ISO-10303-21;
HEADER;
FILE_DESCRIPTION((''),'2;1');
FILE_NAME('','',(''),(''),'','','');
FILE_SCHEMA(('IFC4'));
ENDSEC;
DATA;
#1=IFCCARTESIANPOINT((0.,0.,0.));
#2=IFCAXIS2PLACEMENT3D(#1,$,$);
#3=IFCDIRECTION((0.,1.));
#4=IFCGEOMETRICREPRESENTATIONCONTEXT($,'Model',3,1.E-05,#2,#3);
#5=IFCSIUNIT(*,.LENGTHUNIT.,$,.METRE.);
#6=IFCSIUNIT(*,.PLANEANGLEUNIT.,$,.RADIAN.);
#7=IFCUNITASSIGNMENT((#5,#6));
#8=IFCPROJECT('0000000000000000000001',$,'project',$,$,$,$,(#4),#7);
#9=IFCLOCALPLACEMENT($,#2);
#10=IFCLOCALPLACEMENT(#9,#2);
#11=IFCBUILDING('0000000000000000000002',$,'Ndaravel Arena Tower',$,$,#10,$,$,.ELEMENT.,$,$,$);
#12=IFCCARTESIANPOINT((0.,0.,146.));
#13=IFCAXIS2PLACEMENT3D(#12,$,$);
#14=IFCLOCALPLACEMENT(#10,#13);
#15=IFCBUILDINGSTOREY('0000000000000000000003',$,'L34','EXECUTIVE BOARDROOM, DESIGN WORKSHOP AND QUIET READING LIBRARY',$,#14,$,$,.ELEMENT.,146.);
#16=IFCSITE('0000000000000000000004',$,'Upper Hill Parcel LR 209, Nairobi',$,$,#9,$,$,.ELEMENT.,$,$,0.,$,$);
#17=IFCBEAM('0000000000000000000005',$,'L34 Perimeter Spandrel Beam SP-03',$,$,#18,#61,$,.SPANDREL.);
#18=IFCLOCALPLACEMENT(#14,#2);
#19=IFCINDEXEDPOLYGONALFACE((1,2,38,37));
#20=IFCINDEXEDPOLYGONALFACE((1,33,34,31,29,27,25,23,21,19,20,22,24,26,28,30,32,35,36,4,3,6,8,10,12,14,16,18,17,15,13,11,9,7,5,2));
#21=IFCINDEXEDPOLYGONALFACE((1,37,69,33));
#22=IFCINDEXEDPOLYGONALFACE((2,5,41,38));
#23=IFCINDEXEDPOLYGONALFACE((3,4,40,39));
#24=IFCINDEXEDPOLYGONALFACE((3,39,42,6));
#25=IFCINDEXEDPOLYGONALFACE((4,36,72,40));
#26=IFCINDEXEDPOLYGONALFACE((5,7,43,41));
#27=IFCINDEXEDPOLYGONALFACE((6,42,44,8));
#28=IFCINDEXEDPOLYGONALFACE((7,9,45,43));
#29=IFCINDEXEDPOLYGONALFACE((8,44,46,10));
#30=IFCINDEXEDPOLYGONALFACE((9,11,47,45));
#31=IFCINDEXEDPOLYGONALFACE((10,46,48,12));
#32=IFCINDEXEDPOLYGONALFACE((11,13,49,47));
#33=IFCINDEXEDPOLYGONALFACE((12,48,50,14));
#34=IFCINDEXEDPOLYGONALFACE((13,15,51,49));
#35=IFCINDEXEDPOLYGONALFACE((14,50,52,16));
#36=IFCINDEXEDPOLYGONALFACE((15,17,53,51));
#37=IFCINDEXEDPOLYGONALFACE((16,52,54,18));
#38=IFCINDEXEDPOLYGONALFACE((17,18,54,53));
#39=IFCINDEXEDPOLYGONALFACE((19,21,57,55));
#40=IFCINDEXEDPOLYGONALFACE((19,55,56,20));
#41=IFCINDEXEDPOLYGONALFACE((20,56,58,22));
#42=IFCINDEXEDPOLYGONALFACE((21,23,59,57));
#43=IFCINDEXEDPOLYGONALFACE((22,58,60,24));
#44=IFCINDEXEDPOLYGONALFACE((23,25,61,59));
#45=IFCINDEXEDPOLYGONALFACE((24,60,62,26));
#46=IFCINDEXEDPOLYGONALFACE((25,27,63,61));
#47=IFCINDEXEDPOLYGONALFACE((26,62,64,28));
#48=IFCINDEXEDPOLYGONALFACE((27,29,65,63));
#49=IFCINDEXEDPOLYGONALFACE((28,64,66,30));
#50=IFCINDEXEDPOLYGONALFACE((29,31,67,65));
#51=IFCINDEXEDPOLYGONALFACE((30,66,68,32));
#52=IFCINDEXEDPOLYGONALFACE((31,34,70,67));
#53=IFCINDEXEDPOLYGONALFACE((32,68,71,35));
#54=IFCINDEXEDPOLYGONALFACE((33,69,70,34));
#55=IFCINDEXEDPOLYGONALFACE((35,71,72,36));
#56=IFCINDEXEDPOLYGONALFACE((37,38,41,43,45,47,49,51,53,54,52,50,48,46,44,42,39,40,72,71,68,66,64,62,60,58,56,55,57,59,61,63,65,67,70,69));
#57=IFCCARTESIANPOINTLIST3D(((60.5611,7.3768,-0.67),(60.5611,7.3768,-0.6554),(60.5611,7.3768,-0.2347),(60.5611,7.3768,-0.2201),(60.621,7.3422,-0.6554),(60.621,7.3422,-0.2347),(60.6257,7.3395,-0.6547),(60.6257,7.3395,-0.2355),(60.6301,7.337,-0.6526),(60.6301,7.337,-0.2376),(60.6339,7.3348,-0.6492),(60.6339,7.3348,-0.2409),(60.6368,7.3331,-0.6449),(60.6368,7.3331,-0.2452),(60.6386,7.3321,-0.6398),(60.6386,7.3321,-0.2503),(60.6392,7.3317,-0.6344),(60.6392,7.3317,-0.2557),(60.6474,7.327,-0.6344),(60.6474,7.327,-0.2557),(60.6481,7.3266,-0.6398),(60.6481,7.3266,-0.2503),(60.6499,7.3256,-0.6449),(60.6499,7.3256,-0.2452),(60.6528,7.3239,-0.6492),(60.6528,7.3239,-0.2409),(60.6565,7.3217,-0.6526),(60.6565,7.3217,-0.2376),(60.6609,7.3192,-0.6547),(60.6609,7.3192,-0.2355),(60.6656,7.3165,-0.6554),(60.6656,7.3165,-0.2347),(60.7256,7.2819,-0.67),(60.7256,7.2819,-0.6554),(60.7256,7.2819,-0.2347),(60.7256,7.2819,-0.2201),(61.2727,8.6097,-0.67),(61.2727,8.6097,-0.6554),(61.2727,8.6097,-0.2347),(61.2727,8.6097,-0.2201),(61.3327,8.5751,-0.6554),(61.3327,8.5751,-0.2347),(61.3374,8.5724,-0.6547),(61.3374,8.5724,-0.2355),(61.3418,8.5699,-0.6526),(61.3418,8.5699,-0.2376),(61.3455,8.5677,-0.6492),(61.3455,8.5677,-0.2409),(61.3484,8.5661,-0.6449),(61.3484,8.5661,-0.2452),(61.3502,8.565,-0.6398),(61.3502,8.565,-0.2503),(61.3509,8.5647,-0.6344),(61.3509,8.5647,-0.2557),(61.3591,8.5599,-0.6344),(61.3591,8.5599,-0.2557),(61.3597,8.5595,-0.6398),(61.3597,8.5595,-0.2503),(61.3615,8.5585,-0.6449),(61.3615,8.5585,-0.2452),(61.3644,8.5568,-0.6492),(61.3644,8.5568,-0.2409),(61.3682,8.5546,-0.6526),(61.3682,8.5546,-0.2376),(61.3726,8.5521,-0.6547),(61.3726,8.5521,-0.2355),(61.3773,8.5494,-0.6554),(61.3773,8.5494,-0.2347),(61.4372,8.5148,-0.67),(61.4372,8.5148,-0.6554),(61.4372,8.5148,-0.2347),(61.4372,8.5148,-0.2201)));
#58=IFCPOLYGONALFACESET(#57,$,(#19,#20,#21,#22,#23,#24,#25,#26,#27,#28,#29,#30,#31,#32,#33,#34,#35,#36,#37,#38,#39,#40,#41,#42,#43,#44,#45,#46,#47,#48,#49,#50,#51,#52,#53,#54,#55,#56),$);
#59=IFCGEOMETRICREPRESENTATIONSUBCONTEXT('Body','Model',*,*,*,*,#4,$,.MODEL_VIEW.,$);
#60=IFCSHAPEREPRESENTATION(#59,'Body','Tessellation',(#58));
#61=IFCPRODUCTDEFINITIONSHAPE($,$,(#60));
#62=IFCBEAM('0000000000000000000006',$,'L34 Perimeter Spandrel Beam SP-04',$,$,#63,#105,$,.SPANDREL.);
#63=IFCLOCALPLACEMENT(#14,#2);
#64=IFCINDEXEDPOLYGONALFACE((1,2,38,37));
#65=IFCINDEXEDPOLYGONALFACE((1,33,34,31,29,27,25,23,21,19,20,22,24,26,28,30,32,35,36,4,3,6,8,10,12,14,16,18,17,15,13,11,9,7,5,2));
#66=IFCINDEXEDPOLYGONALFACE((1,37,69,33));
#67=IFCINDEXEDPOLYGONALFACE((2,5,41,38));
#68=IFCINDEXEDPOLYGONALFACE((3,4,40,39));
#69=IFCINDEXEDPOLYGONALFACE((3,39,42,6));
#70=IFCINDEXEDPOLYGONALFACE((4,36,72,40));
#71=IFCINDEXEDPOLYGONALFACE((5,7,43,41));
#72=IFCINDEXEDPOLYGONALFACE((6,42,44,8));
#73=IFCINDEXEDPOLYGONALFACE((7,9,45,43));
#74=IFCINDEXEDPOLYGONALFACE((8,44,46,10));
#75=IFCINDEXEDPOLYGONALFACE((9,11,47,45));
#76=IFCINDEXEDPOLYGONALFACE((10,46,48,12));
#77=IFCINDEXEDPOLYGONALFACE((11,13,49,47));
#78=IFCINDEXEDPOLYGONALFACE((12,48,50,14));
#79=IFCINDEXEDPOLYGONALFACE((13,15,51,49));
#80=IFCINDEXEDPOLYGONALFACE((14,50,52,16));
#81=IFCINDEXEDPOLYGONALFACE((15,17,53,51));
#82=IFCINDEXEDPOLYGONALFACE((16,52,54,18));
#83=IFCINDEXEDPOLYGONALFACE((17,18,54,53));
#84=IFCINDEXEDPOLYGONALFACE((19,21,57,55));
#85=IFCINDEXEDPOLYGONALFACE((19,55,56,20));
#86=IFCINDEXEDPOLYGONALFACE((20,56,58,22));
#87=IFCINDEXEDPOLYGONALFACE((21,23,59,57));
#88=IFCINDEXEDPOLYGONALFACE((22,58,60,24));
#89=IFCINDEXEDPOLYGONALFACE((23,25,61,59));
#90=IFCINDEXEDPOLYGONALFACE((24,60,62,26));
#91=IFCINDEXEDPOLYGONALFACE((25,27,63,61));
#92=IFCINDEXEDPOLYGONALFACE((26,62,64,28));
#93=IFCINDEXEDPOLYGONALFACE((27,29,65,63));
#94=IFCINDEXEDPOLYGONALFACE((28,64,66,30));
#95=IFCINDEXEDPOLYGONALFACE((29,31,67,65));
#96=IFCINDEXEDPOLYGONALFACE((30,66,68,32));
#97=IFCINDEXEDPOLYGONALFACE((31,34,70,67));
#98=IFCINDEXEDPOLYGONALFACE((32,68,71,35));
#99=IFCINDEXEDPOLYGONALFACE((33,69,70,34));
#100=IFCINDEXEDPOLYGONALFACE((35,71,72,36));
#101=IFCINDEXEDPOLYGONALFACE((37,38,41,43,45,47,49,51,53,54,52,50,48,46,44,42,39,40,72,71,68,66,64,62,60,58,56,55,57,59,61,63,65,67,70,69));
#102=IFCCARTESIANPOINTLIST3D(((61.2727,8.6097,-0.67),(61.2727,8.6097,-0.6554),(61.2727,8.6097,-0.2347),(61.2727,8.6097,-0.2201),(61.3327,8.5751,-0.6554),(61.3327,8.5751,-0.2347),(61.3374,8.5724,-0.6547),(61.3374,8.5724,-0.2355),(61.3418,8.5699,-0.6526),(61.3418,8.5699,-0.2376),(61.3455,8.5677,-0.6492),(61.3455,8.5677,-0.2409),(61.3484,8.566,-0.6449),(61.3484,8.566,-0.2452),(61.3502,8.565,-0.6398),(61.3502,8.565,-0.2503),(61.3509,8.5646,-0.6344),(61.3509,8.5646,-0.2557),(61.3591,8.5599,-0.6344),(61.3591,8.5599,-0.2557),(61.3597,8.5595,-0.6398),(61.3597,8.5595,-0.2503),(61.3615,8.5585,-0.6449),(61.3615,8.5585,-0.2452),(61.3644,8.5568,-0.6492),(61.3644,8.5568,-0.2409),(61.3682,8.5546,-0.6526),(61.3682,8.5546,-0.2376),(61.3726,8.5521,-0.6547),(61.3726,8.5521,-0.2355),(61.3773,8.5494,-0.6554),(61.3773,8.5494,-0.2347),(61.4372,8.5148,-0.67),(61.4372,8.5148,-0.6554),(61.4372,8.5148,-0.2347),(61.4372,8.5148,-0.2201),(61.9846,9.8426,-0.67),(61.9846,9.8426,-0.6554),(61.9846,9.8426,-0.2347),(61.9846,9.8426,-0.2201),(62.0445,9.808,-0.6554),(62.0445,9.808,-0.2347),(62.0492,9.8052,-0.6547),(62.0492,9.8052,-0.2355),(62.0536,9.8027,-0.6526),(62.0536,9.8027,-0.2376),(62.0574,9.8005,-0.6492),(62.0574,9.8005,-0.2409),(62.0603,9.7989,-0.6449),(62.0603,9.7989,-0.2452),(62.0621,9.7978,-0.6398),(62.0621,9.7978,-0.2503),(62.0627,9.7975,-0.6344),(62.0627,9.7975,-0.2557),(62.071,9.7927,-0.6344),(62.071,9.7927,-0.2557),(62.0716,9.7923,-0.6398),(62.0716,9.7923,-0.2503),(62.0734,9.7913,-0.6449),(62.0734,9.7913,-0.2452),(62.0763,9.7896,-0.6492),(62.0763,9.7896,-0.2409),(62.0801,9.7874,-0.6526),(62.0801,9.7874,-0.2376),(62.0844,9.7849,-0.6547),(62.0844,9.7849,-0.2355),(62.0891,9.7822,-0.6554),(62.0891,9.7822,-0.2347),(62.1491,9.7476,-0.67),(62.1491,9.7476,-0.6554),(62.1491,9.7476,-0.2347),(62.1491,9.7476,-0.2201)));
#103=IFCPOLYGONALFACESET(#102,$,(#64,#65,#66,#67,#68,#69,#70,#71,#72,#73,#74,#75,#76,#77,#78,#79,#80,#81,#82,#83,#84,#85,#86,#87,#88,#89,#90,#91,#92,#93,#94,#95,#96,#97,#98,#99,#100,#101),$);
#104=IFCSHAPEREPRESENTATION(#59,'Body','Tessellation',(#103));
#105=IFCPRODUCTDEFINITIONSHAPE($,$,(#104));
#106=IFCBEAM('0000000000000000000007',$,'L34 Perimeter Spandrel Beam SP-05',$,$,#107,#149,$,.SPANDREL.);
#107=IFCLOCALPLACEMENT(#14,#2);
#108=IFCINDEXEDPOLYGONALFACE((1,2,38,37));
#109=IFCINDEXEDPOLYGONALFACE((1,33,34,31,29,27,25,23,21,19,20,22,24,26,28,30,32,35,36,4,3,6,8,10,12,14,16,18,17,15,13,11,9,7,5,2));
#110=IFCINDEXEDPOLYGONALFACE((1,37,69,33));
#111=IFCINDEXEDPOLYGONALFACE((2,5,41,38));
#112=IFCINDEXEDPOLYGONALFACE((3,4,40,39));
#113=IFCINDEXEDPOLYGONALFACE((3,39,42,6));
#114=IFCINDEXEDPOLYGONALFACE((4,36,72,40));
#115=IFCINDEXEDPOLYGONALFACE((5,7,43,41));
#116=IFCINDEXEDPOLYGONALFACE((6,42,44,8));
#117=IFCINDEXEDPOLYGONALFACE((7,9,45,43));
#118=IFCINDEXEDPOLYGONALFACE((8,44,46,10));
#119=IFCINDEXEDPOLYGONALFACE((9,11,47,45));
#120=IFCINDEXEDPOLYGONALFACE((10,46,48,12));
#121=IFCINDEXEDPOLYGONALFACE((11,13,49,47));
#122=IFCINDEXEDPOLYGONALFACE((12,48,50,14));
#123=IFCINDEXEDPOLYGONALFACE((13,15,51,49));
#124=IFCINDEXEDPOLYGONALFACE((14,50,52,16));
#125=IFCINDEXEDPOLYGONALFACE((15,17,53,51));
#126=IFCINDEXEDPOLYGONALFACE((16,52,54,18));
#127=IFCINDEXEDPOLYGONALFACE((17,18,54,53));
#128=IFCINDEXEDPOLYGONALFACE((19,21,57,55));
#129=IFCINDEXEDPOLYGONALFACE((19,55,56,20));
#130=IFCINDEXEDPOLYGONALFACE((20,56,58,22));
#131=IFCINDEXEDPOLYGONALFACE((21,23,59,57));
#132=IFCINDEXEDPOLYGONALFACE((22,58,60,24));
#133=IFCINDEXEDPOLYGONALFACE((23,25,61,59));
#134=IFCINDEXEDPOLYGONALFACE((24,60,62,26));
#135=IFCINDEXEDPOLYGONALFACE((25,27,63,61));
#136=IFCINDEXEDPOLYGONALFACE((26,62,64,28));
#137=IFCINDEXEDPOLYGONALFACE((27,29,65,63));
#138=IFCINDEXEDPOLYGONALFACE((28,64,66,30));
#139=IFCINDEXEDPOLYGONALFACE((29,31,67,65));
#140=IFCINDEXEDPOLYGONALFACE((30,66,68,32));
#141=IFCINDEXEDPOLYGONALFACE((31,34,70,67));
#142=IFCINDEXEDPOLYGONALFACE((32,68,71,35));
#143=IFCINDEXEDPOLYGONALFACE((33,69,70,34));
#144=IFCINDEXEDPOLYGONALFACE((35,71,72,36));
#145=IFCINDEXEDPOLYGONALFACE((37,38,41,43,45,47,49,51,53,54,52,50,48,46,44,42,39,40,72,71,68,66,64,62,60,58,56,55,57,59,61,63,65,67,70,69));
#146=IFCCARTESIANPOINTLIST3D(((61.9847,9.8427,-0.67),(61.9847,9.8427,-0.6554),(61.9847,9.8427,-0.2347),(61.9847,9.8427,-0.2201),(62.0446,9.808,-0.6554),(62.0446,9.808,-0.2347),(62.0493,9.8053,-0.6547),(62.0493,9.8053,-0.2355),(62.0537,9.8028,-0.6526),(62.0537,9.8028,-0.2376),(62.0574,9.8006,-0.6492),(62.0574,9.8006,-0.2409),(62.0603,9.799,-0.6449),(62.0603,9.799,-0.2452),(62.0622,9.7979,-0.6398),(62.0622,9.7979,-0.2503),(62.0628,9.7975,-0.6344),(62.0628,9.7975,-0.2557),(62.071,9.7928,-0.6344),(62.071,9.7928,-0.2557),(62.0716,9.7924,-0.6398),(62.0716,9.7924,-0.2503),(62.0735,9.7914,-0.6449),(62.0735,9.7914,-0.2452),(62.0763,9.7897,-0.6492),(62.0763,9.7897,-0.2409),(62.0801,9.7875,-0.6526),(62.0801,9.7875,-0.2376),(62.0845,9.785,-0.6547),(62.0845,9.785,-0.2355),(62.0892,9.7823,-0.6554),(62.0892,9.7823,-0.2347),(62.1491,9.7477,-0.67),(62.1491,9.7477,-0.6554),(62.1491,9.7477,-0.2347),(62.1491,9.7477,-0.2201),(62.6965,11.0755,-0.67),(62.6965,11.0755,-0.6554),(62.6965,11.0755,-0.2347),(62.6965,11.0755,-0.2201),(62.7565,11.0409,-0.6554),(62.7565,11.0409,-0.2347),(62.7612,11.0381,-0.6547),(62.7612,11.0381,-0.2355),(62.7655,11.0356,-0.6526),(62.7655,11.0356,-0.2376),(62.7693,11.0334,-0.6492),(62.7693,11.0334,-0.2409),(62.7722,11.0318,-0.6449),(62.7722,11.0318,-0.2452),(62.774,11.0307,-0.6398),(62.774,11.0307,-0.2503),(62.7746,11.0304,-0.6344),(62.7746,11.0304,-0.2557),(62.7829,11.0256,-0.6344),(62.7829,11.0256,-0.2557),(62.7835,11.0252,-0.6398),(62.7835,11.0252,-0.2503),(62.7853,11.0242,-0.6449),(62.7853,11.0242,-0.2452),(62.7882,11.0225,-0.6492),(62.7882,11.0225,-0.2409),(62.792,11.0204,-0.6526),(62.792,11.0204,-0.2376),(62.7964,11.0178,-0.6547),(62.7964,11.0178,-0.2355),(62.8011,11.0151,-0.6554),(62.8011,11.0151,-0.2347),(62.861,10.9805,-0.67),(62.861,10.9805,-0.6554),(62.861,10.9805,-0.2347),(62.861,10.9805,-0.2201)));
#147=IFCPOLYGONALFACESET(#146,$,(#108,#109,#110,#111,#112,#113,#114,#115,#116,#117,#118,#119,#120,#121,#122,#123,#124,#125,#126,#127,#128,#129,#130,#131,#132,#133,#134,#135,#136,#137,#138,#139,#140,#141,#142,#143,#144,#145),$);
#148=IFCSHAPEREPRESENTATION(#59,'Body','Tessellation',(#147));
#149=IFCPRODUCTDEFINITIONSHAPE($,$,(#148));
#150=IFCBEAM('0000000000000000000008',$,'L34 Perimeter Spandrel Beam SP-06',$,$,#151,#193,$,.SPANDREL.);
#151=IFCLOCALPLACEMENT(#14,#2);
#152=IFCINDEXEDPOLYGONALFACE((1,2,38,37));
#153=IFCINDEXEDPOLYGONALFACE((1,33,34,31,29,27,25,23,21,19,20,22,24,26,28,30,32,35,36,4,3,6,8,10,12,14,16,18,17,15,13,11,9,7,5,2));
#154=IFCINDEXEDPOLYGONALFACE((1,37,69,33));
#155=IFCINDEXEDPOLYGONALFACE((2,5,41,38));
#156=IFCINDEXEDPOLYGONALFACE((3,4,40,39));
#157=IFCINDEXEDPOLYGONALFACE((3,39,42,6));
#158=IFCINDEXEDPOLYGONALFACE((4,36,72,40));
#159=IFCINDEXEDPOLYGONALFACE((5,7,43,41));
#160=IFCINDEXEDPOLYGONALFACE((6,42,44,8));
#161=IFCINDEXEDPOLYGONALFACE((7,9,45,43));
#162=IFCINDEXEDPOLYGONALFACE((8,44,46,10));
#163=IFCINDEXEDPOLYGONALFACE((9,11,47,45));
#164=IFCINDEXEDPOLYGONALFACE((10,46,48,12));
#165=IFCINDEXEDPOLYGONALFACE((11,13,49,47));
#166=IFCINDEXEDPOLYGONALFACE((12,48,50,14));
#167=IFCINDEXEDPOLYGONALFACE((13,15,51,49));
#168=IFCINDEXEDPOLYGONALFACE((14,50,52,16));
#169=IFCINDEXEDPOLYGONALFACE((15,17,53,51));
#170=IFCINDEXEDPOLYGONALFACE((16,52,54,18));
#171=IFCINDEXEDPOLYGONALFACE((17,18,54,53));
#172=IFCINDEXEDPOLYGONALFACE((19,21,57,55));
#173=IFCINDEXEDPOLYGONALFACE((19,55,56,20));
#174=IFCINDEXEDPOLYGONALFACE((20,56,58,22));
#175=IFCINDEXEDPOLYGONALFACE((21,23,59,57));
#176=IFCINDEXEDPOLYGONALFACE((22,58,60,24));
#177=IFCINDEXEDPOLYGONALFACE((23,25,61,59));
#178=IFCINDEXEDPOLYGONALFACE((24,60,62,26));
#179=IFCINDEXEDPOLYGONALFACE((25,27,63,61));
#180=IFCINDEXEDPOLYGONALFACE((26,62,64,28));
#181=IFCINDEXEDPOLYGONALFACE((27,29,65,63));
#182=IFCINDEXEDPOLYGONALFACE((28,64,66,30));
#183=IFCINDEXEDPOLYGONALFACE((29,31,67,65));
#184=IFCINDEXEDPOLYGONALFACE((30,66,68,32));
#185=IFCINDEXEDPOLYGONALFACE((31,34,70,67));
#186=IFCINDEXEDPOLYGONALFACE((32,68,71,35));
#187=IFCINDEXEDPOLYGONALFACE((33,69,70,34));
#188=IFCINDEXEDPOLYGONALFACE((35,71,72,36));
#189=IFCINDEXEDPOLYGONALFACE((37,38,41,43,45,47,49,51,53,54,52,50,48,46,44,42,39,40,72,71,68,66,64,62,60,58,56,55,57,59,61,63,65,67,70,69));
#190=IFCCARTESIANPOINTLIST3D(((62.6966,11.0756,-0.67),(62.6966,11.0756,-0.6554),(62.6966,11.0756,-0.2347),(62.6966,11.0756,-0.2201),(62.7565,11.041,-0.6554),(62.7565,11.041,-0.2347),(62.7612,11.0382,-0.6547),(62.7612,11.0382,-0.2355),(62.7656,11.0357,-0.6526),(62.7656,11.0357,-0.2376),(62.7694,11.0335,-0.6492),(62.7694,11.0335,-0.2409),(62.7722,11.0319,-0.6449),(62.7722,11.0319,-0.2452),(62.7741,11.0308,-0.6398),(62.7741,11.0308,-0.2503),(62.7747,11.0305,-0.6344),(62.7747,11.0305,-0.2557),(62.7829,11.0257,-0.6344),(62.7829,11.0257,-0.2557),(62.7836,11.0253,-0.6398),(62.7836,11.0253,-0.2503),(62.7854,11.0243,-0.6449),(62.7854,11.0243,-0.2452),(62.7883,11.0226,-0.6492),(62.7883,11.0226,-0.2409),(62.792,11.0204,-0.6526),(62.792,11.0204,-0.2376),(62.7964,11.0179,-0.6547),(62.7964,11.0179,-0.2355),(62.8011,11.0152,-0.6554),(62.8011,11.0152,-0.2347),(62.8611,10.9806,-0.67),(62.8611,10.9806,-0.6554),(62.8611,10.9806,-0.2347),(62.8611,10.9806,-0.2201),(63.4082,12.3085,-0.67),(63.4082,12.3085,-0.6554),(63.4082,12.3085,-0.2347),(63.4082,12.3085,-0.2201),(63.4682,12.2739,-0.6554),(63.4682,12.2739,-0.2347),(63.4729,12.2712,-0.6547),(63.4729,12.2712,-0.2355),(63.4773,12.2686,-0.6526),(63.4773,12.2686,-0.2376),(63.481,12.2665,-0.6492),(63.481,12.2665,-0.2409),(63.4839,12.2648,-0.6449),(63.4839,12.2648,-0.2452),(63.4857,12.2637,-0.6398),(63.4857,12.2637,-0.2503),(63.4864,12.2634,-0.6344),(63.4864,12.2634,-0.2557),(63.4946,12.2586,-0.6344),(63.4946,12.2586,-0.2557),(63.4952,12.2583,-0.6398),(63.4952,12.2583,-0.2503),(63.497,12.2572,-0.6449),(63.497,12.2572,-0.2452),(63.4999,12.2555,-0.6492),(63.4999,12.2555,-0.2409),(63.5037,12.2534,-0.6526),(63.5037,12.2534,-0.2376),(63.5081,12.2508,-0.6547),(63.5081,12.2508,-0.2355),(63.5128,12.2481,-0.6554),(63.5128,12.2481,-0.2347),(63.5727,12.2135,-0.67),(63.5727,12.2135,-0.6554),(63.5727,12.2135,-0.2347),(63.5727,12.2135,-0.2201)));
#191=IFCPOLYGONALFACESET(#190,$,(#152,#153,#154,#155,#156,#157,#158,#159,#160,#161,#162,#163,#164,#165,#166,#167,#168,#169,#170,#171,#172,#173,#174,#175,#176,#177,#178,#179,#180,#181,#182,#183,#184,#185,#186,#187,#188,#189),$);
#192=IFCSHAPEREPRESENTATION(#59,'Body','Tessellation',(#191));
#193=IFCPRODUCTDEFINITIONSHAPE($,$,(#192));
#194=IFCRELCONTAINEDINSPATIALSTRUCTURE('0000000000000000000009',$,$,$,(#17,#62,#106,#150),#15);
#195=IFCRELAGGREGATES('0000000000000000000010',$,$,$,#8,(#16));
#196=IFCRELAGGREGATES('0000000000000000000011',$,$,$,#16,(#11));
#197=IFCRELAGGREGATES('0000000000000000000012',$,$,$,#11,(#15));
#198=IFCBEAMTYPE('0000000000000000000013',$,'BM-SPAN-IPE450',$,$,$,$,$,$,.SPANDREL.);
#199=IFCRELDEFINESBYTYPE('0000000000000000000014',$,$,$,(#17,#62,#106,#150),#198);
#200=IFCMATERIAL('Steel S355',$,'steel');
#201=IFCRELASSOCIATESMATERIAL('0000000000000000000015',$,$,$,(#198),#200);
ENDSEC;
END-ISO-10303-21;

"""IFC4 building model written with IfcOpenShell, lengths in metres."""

from ifc_helpers import new_model, si_unit, direction, frame, origin, origin_2d, place, context, subcontext, project, spatial, i_section, extrude, material, material_profile, profile_set, type_object, element, save


model = new_model("IFC4")

# Units and contexts
model_context = context("Model", 3, precision=1e-05, world=origin(), true_north=direction((0.0, 1.0)))
body_context = subcontext(model_context, "Body", "Model", "MODEL_VIEW")
ifc_project = project(units=[si_unit("LENGTHUNIT", "METRE"), si_unit("PLANEANGLEUNIT", "RADIAN")], contexts=[model_context])

# Site, building, storey
site_placement = place(None, origin())
site = spatial("IfcSite", under=ifc_project, at=site_placement, Name="Upper Hill Parcel LR 209, Nairobi", CompositionType="ELEMENT", RefElevation=0.0)
building_placement = place(site_placement, origin())
building = spatial("IfcBuilding", under=site, at=building_placement, Name="Ndaravel Arena Tower", CompositionType="ELEMENT")
storey_placement = place(building_placement, frame((0.0, 0.0, 146.0)))
storey = spatial("IfcBuildingStorey", under=building, at=storey_placement, Name="L34", Description="EXECUTIVE BOARDROOM, DESIGN WORKSHOP AND QUIET READING LIBRARY", CompositionType="ELEMENT", Elevation=146.0)

# Beams
ifc_material_1 = material(Name="Steel S355", Category="steel")
ifc_material_profile_1 = material_profile(ifc_material_1, i_section(OverallWidth=0.1899, OverallDepth=0.45, WebThickness=0.0095, FlangeThickness=0.0146, FilletRadius=0.021, at=origin_2d()), Name="IPE 450")
ifc_profile_set_1 = profile_set([ifc_material_profile_1], Name="Steel S355")
beam_type = type_object("IfcBeamType", Name="BM-SPAN-IPE450", PredefinedType="SPANDREL", material=ifc_profile_set_1)
for number, where, z_axis, x_axis, name in (
    (1, (60.6433, 7.3293, -0.4451), (0.49992, 0.866071, 0.0), (-0.866071, 0.49992, 0.0), "L34 Perimeter Spandrel Beam SP-03"),
    (2, (61.355, 8.5623, -0.4451), (0.500049, 0.865997, 0.0), (-0.865997, 0.500049, 0.0), "L34 Perimeter Spandrel Beam SP-04"),
    (3, (62.0669, 9.7952, -0.4451), (0.500049, 0.865997, 0.0), (-0.865997, 0.500049, 0.0), "L34 Perimeter Spandrel Beam SP-05"),
    (4, (62.7788, 11.0281, -0.4451), (0.49992, 0.866071, 0.0), (-0.866071, 0.49992, 0.0), "L34 Perimeter Spandrel Beam SP-06"),
):
    element("IfcBeam", number, at=place(storey_placement, frame(where, z_axis=z_axis, x_axis=x_axis)), inside=storey, type_object=beam_type, Name=name, PredefinedType="SPANDREL", context=body_context, shape_type="SweptSolid", body=[
        extrude(i_section(OverallWidth=0.1899, OverallDepth=0.45, WebThickness=0.0095, FlangeThickness=0.0146, FilletRadius=0.021, at=origin_2d()), origin(), (0.0, 0.0, 1.0), 1.4236),
    ])

save(model, "model.ifc")
